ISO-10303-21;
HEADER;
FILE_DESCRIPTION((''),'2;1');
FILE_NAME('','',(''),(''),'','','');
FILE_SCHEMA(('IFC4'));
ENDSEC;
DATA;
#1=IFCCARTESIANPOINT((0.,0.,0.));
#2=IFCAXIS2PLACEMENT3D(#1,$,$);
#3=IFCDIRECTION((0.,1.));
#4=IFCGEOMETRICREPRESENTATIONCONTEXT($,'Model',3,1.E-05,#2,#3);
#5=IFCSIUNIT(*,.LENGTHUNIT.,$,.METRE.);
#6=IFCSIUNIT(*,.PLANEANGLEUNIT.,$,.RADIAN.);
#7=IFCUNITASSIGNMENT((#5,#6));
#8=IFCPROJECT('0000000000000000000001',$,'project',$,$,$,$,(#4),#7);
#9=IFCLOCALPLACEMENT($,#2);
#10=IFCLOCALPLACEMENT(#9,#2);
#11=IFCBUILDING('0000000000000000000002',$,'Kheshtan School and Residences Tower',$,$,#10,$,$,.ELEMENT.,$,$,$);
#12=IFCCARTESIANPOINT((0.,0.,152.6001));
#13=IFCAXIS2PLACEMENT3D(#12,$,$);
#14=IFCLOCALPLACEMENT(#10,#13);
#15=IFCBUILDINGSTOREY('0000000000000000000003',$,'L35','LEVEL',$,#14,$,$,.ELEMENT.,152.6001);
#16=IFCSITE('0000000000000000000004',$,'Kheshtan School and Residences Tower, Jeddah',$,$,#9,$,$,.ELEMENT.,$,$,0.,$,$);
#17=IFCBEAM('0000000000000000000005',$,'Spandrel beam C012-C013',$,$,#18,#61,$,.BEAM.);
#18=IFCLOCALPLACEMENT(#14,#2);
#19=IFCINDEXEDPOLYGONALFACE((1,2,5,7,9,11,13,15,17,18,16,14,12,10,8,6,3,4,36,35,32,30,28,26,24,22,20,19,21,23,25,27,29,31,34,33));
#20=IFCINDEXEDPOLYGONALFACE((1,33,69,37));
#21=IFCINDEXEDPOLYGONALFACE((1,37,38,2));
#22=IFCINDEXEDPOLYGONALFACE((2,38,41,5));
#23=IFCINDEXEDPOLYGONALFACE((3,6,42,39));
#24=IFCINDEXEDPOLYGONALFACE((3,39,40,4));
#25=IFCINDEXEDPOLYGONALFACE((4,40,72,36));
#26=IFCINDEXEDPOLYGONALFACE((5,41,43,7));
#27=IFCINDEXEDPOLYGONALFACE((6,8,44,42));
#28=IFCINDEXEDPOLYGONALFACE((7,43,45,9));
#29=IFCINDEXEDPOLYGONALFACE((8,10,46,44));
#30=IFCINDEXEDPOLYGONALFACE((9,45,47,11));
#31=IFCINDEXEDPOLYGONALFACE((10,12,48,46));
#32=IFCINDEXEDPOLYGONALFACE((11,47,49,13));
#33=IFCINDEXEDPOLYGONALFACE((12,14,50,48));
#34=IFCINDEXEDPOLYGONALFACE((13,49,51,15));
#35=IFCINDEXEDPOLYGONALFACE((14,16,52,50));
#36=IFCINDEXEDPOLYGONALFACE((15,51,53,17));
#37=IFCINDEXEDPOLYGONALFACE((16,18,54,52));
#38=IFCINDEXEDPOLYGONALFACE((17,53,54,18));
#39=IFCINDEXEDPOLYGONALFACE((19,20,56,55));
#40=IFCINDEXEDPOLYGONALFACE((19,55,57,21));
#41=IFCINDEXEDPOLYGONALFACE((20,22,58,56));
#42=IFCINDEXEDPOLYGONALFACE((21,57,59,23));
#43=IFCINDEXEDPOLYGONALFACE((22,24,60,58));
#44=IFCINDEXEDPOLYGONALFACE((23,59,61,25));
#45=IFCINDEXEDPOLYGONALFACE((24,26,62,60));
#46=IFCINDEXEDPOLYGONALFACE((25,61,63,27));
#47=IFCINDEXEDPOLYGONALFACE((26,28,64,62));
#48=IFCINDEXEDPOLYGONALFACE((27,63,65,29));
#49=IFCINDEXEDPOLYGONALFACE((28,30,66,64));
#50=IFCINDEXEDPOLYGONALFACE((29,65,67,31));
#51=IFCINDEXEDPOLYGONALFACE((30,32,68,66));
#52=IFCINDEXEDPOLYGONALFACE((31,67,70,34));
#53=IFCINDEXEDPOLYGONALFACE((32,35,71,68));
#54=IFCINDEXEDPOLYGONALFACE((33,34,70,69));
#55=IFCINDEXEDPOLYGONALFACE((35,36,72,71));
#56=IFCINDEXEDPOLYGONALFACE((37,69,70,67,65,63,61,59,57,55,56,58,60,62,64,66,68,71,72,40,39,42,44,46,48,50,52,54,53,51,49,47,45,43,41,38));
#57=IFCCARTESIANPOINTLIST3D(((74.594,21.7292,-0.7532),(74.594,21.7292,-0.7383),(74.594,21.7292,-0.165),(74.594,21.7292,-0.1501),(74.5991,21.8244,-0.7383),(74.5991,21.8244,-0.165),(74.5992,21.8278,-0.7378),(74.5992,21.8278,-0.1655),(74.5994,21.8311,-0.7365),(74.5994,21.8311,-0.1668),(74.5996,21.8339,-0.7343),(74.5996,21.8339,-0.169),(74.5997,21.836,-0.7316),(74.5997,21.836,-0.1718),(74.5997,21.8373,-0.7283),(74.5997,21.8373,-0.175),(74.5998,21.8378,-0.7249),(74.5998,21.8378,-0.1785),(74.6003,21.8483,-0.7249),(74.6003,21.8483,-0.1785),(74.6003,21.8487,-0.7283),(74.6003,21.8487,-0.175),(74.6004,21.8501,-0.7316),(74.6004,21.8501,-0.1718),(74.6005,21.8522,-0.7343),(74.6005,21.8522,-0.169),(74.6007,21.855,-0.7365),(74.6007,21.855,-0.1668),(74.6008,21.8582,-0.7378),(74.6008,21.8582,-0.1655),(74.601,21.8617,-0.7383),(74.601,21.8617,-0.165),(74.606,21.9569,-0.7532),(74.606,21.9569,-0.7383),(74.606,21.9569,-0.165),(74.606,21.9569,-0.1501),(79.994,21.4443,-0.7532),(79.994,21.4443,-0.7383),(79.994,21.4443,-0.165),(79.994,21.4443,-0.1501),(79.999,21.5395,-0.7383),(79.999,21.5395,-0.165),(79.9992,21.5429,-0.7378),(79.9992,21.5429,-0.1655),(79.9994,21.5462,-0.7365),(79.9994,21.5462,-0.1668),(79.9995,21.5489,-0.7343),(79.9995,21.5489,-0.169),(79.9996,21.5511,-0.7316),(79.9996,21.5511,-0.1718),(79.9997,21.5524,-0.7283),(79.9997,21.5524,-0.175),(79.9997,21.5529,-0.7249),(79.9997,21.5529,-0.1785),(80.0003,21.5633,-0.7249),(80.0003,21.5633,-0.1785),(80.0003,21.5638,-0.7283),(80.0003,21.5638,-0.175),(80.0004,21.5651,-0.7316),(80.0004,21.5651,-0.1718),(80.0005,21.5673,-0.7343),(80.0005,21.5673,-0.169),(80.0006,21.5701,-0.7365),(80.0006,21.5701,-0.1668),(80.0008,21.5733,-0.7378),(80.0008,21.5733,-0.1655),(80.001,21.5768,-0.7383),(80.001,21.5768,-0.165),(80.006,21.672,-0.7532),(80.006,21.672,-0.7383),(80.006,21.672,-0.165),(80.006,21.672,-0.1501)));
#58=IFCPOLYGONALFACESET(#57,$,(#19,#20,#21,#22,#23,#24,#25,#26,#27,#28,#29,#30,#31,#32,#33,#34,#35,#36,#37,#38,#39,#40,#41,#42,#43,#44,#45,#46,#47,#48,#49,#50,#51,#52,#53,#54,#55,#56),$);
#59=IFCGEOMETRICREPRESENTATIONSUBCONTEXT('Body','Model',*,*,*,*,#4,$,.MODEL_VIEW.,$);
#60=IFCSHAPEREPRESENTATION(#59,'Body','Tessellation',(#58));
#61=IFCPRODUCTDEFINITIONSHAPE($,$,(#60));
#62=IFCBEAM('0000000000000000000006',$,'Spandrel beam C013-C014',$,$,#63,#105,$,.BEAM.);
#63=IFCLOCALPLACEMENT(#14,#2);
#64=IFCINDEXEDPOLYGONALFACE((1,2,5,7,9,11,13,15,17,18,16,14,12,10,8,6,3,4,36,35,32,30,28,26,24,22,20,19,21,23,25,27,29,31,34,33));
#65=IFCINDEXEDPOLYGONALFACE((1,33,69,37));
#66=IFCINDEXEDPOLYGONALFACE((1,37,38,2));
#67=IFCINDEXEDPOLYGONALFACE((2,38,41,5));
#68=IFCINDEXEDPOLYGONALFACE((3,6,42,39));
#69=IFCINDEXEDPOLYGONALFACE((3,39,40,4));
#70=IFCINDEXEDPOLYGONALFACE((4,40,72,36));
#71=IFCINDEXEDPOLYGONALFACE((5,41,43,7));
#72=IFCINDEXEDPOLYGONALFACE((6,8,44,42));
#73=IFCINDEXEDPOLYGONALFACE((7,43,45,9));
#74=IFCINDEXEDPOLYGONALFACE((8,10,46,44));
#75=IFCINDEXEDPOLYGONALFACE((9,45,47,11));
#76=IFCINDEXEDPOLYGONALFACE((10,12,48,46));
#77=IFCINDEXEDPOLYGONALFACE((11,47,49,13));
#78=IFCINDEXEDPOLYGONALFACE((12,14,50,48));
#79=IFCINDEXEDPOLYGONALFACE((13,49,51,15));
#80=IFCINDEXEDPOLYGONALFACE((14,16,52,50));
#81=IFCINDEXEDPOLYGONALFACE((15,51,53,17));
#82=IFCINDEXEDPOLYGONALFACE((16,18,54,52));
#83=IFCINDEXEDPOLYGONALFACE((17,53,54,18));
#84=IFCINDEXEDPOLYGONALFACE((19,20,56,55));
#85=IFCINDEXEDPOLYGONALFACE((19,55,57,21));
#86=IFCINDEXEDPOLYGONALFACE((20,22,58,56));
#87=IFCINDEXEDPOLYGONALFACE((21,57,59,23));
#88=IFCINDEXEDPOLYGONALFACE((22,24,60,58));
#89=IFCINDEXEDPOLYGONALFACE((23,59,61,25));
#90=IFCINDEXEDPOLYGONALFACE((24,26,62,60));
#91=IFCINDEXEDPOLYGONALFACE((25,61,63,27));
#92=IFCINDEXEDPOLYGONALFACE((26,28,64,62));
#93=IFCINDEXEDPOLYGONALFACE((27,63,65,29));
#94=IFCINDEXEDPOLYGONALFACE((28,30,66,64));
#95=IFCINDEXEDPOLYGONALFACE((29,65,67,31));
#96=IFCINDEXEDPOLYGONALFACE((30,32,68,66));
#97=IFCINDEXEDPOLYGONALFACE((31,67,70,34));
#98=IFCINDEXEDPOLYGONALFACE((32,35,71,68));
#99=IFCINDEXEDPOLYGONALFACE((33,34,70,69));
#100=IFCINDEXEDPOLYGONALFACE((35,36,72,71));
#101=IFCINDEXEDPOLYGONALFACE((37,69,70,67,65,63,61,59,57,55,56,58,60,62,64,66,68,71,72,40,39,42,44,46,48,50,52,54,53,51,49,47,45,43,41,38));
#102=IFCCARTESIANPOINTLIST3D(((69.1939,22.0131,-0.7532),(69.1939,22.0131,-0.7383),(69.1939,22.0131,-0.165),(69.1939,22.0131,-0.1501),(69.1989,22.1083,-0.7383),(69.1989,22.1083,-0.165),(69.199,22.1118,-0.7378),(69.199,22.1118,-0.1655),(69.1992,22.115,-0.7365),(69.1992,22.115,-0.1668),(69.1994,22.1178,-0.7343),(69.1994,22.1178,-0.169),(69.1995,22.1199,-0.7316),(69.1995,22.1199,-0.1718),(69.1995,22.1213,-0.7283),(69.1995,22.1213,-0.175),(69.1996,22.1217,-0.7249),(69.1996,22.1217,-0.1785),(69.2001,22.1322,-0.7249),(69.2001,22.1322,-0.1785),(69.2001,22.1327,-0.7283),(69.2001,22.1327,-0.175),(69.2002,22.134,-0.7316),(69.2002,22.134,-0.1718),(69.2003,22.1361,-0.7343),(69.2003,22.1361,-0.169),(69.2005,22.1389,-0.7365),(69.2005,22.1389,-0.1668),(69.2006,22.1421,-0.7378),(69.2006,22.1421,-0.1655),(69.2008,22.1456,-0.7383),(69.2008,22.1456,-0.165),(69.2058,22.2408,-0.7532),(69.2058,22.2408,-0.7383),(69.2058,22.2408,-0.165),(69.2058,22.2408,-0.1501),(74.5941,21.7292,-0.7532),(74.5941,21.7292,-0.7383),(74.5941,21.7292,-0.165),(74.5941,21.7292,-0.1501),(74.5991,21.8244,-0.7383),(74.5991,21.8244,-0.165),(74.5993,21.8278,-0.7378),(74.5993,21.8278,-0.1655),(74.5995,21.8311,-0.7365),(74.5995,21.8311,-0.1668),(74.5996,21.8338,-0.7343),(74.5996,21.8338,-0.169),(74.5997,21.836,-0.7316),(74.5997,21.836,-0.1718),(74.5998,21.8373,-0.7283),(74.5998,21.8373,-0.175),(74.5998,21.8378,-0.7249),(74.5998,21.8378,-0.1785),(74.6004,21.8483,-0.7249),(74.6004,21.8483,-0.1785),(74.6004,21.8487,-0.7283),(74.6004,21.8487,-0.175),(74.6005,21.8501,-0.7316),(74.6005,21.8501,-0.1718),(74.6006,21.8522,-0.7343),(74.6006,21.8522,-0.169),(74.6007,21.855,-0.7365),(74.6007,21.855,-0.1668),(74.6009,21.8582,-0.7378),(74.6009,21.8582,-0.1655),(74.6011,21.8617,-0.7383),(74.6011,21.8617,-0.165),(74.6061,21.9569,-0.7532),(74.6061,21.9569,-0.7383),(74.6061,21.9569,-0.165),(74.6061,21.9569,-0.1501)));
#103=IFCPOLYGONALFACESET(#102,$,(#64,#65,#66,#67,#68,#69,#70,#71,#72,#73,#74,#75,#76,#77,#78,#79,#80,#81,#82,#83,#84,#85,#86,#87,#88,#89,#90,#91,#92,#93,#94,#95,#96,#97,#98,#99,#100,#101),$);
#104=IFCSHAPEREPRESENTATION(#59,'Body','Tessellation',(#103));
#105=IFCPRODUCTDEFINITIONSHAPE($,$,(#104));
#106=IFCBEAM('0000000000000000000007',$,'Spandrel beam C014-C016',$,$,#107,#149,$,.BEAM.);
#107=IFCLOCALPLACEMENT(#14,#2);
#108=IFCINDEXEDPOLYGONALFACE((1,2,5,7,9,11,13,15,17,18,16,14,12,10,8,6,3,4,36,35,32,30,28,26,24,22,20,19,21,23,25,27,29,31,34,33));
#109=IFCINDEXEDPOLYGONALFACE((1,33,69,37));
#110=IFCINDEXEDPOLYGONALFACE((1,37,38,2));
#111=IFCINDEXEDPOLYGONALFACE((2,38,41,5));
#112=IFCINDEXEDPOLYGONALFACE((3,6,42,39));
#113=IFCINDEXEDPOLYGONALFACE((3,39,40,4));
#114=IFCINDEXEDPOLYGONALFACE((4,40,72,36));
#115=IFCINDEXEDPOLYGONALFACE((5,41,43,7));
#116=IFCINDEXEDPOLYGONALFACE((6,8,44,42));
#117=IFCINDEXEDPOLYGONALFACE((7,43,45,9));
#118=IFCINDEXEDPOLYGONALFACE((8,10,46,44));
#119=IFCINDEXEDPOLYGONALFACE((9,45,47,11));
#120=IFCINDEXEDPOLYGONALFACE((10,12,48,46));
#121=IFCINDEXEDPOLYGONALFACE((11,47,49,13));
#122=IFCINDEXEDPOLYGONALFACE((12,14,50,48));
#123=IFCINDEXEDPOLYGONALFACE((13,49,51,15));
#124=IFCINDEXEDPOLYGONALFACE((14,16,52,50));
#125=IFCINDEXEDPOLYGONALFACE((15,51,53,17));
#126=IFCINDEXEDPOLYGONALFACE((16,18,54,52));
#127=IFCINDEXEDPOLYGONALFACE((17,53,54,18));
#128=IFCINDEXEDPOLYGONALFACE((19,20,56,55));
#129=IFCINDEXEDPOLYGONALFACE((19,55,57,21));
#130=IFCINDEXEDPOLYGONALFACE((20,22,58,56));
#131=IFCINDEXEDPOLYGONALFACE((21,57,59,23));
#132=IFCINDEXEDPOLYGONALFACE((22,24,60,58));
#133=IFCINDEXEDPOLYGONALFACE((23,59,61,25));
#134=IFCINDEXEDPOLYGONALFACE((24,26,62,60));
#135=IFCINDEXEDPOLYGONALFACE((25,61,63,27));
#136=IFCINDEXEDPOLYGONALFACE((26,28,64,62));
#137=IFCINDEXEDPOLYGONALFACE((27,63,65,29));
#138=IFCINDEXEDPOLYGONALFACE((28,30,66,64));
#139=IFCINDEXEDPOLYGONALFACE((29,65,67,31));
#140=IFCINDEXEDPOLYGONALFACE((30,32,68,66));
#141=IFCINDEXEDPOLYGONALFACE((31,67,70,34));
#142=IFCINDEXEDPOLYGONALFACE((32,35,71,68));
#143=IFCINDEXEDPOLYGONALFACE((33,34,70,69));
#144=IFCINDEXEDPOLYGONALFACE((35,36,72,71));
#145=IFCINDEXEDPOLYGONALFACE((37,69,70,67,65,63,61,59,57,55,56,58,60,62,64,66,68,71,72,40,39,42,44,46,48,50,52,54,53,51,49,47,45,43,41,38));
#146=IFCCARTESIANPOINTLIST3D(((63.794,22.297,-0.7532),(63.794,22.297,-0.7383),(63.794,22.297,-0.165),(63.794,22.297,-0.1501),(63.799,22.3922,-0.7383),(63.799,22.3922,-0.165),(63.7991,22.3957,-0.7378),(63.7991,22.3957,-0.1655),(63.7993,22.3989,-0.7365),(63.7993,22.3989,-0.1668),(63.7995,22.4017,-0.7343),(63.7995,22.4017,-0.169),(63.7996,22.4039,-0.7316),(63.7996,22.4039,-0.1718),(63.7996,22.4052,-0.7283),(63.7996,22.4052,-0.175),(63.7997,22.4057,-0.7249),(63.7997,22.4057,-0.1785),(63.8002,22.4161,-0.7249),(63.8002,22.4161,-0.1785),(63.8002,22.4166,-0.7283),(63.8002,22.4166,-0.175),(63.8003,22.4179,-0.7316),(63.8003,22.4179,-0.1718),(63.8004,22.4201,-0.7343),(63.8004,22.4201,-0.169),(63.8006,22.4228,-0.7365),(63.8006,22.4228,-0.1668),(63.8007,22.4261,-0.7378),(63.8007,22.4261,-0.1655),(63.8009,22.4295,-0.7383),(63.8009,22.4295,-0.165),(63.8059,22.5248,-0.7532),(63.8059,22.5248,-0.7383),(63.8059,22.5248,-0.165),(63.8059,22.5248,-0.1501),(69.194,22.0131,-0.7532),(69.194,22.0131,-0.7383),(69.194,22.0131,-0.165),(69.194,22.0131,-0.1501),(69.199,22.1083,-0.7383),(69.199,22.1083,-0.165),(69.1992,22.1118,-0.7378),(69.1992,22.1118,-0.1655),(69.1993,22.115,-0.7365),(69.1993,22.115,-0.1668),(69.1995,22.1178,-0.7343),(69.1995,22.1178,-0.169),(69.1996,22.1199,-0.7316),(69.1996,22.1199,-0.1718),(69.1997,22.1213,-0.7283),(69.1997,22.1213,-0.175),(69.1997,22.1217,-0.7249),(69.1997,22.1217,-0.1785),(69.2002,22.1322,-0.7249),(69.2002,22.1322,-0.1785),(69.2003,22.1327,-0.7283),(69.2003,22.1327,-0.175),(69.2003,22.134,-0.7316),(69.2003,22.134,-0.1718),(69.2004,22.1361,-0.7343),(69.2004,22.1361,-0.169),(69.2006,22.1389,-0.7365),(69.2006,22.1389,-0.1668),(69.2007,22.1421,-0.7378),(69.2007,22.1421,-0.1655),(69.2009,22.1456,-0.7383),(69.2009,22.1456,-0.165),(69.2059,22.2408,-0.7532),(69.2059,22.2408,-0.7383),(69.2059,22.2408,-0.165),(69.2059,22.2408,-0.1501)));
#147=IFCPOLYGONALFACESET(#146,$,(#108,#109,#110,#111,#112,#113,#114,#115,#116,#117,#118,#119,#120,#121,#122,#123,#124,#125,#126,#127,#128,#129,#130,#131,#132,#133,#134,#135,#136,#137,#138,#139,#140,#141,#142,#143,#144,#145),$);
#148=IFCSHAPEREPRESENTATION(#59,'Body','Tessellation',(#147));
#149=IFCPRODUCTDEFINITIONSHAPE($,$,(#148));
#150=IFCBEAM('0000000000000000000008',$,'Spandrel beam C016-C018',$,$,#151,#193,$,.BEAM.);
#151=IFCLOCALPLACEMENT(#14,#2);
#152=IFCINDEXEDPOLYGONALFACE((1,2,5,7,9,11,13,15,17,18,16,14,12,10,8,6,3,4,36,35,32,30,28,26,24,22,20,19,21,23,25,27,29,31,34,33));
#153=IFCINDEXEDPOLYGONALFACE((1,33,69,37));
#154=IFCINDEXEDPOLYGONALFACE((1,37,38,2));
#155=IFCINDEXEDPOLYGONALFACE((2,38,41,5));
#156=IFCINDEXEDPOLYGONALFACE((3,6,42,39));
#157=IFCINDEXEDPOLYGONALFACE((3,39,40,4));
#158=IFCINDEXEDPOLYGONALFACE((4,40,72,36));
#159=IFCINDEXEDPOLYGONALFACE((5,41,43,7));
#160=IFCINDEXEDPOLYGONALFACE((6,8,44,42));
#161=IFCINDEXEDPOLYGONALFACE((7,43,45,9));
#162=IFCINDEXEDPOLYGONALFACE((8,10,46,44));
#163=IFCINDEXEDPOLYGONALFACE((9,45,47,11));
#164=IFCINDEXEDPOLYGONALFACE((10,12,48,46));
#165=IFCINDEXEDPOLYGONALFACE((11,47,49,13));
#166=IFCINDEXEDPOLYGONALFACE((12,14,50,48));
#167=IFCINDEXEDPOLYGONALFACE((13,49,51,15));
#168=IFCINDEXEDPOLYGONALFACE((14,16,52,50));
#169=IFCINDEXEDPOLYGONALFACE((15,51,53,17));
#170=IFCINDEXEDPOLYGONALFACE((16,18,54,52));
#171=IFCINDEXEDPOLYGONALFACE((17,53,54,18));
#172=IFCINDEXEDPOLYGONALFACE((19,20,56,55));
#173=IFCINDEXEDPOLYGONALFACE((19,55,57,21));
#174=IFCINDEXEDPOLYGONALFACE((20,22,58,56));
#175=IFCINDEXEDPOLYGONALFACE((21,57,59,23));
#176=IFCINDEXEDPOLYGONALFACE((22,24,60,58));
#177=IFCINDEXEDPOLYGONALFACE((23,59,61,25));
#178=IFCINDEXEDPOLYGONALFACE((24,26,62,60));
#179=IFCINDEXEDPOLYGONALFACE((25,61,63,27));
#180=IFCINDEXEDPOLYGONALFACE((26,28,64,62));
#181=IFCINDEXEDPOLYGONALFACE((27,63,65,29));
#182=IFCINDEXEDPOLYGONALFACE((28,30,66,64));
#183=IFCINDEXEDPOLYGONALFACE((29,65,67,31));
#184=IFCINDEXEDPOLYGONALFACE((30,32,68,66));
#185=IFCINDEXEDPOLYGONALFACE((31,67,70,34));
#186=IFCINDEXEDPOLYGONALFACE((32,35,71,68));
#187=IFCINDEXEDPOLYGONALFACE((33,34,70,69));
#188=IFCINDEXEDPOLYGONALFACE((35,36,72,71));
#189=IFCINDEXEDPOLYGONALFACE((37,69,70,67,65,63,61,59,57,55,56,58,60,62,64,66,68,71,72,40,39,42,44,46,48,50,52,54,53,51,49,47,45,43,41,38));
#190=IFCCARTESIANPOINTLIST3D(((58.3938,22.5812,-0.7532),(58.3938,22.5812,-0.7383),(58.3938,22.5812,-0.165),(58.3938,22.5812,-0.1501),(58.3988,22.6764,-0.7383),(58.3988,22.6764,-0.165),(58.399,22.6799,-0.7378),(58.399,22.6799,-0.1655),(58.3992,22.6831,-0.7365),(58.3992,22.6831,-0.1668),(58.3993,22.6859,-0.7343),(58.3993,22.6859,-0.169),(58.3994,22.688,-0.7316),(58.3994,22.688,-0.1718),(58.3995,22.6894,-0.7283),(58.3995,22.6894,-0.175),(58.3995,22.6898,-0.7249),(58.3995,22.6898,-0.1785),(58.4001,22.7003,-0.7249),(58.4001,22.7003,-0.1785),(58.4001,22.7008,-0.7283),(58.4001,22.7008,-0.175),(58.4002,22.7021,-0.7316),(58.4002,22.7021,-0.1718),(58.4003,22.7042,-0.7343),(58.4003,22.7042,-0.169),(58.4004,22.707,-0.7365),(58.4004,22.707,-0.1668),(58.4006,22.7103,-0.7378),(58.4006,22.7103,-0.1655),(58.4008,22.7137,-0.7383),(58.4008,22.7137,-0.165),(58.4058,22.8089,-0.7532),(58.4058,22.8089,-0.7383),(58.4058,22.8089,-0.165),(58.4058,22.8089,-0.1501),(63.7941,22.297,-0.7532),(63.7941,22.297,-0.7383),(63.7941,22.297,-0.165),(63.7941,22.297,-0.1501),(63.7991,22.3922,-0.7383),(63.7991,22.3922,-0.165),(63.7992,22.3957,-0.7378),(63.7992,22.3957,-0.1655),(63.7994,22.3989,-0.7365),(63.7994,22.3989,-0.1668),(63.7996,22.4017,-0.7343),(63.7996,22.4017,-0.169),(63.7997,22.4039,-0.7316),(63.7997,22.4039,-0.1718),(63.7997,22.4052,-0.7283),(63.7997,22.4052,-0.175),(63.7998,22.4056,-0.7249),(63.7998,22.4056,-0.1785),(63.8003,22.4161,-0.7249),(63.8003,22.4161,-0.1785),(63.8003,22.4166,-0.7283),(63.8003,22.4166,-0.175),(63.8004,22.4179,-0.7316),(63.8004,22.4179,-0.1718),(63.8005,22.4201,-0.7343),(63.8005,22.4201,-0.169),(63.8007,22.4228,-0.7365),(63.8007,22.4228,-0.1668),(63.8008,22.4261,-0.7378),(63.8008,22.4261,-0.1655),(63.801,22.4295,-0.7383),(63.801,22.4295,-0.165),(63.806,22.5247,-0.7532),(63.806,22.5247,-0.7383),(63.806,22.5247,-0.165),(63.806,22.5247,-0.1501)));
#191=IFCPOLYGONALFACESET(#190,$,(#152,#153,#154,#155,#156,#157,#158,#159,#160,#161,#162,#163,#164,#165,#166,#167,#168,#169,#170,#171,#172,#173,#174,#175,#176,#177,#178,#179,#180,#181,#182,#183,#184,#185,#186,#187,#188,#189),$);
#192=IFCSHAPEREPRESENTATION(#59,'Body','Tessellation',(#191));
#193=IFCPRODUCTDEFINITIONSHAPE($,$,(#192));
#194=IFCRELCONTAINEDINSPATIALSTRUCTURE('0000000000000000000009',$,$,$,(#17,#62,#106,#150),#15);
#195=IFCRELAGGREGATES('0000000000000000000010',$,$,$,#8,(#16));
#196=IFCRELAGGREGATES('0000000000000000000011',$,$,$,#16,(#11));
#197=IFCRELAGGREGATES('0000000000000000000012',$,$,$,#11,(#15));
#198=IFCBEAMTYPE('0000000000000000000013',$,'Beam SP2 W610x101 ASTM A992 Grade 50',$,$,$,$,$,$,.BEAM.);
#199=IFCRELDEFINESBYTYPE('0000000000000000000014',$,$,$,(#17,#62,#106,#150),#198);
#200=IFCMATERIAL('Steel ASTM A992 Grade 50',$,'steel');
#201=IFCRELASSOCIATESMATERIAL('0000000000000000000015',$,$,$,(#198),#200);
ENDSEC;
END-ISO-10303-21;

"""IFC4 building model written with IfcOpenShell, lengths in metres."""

from ifc_helpers import new_model, si_unit, direction, frame, origin, origin_2d, place, context, subcontext, project, spatial, i_section, extrude, material, material_profile, profile_set, type_object, element, save


model = new_model("IFC4")

# Units and contexts
model_context = context("Model", 3, precision=1e-05, world=origin(), true_north=direction((0.0, 1.0)))
body_context = subcontext(model_context, "Body", "Model", "MODEL_VIEW")
ifc_project = project(units=[si_unit("LENGTHUNIT", "METRE"), si_unit("PLANEANGLEUNIT", "RADIAN")], contexts=[model_context])

# Site, building, storey
site_placement = place(None, origin())
site = spatial("IfcSite", under=ifc_project, at=site_placement, Name="Kheshtan School and Residences Tower, Jeddah", CompositionType="ELEMENT", RefElevation=0.0)
building_placement = place(site_placement, origin())
building = spatial("IfcBuilding", under=site, at=building_placement, Name="Kheshtan School and Residences Tower", CompositionType="ELEMENT")
storey_placement = place(building_placement, frame((0.0, 0.0, 152.6001)))
storey = spatial("IfcBuildingStorey", under=building, at=storey_placement, Name="L35", Description="LEVEL", CompositionType="ELEMENT", Elevation=152.6001)

# Shared definitions
ifc_material_1 = material(Name="Steel ASTM A992 Grade 50", Category="steel")

# Beams
ifc_material_profile_1 = material_profile(ifc_material_1, i_section(OverallWidth=0.228, OverallDepth=0.603, WebThickness=0.0105, FlangeThickness=0.0149, FilletRadius=0.0134, at=origin_2d()), Name="W610x101")
ifc_profile_set_1 = profile_set([ifc_material_profile_1], Name="Steel ASTM A992 Grade 50")
beam_type_1 = type_object("IfcBeamType", Name="Beam SP2 W610x101 ASTM A992 Grade 50", PredefinedType="BEAM", material=ifc_profile_set_1)
beam_1_placement = place(storey_placement, frame((80.0, 21.5581, -0.4517), z_axis=(-0.998611, 0.052689, 0.0), x_axis=(-0.052689, -0.998611, 0.0)))
element("IfcBeam", 1, at=beam_1_placement, inside=storey, type_object=beam_type_1, Name="Spandrel beam C012-C013", PredefinedType="BEAM", context=body_context, shape_type="SweptSolid", body=[
    extrude(i_section(OverallWidth=0.228, OverallDepth=0.603, WebThickness=0.0105, FlangeThickness=0.0149, FilletRadius=0.0134, at=origin_2d()), origin(), (0.0, 0.0, 1.0), 5.4075),
])
beam_2_placement = place(storey_placement, frame((74.6001, 21.843, -0.4517), z_axis=(-0.998621, 0.052507, 0.0), x_axis=(-0.052507, -0.998621, 0.0)))
element("IfcBeam", 2, at=beam_2_placement, inside=storey, type_object=beam_type_1, Name="Spandrel beam C013-C014", PredefinedType="BEAM", context=body_context, shape_type="SweptSolid", body=[
    extrude(i_section(OverallWidth=0.228, OverallDepth=0.603, WebThickness=0.0105, FlangeThickness=0.0149, FilletRadius=0.0134, at=origin_2d()), origin(), (0.0, 0.0, 1.0), 5.4077),
])
beam_3_placement = place(storey_placement, frame((69.2, 22.127, -0.4517), z_axis=(-0.99862, 0.052509, 0.0), x_axis=(-0.052509, -0.99862, 0.0)))
element("IfcBeam", 3, at=beam_3_placement, inside=storey, type_object=beam_type_1, Name="Spandrel beam C014-C016", PredefinedType="BEAM", context=body_context, shape_type="SweptSolid", body=[
    extrude(i_section(OverallWidth=0.228, OverallDepth=0.603, WebThickness=0.0105, FlangeThickness=0.0149, FilletRadius=0.0134, at=origin_2d()), origin(), (0.0, 0.0, 1.0), 5.4075),
])
beam_4_placement = place(storey_placement, frame((63.8, 22.4109, -0.4517), z_axis=(-0.998618, 0.052552, 0.0), x_axis=(-0.052552, -0.998618, 0.0)))
element("IfcBeam", 4, at=beam_4_placement, inside=storey, type_object=beam_type_1, Name="Spandrel beam C016-C018", PredefinedType="BEAM", context=body_context, shape_type="SweptSolid", body=[
    extrude(i_section(OverallWidth=0.228, OverallDepth=0.603, WebThickness=0.0105, FlangeThickness=0.0149, FilletRadius=0.0134, at=origin_2d()), origin(), (0.0, 0.0, 1.0), 5.4077),
])

save(model, "model.ifc")
